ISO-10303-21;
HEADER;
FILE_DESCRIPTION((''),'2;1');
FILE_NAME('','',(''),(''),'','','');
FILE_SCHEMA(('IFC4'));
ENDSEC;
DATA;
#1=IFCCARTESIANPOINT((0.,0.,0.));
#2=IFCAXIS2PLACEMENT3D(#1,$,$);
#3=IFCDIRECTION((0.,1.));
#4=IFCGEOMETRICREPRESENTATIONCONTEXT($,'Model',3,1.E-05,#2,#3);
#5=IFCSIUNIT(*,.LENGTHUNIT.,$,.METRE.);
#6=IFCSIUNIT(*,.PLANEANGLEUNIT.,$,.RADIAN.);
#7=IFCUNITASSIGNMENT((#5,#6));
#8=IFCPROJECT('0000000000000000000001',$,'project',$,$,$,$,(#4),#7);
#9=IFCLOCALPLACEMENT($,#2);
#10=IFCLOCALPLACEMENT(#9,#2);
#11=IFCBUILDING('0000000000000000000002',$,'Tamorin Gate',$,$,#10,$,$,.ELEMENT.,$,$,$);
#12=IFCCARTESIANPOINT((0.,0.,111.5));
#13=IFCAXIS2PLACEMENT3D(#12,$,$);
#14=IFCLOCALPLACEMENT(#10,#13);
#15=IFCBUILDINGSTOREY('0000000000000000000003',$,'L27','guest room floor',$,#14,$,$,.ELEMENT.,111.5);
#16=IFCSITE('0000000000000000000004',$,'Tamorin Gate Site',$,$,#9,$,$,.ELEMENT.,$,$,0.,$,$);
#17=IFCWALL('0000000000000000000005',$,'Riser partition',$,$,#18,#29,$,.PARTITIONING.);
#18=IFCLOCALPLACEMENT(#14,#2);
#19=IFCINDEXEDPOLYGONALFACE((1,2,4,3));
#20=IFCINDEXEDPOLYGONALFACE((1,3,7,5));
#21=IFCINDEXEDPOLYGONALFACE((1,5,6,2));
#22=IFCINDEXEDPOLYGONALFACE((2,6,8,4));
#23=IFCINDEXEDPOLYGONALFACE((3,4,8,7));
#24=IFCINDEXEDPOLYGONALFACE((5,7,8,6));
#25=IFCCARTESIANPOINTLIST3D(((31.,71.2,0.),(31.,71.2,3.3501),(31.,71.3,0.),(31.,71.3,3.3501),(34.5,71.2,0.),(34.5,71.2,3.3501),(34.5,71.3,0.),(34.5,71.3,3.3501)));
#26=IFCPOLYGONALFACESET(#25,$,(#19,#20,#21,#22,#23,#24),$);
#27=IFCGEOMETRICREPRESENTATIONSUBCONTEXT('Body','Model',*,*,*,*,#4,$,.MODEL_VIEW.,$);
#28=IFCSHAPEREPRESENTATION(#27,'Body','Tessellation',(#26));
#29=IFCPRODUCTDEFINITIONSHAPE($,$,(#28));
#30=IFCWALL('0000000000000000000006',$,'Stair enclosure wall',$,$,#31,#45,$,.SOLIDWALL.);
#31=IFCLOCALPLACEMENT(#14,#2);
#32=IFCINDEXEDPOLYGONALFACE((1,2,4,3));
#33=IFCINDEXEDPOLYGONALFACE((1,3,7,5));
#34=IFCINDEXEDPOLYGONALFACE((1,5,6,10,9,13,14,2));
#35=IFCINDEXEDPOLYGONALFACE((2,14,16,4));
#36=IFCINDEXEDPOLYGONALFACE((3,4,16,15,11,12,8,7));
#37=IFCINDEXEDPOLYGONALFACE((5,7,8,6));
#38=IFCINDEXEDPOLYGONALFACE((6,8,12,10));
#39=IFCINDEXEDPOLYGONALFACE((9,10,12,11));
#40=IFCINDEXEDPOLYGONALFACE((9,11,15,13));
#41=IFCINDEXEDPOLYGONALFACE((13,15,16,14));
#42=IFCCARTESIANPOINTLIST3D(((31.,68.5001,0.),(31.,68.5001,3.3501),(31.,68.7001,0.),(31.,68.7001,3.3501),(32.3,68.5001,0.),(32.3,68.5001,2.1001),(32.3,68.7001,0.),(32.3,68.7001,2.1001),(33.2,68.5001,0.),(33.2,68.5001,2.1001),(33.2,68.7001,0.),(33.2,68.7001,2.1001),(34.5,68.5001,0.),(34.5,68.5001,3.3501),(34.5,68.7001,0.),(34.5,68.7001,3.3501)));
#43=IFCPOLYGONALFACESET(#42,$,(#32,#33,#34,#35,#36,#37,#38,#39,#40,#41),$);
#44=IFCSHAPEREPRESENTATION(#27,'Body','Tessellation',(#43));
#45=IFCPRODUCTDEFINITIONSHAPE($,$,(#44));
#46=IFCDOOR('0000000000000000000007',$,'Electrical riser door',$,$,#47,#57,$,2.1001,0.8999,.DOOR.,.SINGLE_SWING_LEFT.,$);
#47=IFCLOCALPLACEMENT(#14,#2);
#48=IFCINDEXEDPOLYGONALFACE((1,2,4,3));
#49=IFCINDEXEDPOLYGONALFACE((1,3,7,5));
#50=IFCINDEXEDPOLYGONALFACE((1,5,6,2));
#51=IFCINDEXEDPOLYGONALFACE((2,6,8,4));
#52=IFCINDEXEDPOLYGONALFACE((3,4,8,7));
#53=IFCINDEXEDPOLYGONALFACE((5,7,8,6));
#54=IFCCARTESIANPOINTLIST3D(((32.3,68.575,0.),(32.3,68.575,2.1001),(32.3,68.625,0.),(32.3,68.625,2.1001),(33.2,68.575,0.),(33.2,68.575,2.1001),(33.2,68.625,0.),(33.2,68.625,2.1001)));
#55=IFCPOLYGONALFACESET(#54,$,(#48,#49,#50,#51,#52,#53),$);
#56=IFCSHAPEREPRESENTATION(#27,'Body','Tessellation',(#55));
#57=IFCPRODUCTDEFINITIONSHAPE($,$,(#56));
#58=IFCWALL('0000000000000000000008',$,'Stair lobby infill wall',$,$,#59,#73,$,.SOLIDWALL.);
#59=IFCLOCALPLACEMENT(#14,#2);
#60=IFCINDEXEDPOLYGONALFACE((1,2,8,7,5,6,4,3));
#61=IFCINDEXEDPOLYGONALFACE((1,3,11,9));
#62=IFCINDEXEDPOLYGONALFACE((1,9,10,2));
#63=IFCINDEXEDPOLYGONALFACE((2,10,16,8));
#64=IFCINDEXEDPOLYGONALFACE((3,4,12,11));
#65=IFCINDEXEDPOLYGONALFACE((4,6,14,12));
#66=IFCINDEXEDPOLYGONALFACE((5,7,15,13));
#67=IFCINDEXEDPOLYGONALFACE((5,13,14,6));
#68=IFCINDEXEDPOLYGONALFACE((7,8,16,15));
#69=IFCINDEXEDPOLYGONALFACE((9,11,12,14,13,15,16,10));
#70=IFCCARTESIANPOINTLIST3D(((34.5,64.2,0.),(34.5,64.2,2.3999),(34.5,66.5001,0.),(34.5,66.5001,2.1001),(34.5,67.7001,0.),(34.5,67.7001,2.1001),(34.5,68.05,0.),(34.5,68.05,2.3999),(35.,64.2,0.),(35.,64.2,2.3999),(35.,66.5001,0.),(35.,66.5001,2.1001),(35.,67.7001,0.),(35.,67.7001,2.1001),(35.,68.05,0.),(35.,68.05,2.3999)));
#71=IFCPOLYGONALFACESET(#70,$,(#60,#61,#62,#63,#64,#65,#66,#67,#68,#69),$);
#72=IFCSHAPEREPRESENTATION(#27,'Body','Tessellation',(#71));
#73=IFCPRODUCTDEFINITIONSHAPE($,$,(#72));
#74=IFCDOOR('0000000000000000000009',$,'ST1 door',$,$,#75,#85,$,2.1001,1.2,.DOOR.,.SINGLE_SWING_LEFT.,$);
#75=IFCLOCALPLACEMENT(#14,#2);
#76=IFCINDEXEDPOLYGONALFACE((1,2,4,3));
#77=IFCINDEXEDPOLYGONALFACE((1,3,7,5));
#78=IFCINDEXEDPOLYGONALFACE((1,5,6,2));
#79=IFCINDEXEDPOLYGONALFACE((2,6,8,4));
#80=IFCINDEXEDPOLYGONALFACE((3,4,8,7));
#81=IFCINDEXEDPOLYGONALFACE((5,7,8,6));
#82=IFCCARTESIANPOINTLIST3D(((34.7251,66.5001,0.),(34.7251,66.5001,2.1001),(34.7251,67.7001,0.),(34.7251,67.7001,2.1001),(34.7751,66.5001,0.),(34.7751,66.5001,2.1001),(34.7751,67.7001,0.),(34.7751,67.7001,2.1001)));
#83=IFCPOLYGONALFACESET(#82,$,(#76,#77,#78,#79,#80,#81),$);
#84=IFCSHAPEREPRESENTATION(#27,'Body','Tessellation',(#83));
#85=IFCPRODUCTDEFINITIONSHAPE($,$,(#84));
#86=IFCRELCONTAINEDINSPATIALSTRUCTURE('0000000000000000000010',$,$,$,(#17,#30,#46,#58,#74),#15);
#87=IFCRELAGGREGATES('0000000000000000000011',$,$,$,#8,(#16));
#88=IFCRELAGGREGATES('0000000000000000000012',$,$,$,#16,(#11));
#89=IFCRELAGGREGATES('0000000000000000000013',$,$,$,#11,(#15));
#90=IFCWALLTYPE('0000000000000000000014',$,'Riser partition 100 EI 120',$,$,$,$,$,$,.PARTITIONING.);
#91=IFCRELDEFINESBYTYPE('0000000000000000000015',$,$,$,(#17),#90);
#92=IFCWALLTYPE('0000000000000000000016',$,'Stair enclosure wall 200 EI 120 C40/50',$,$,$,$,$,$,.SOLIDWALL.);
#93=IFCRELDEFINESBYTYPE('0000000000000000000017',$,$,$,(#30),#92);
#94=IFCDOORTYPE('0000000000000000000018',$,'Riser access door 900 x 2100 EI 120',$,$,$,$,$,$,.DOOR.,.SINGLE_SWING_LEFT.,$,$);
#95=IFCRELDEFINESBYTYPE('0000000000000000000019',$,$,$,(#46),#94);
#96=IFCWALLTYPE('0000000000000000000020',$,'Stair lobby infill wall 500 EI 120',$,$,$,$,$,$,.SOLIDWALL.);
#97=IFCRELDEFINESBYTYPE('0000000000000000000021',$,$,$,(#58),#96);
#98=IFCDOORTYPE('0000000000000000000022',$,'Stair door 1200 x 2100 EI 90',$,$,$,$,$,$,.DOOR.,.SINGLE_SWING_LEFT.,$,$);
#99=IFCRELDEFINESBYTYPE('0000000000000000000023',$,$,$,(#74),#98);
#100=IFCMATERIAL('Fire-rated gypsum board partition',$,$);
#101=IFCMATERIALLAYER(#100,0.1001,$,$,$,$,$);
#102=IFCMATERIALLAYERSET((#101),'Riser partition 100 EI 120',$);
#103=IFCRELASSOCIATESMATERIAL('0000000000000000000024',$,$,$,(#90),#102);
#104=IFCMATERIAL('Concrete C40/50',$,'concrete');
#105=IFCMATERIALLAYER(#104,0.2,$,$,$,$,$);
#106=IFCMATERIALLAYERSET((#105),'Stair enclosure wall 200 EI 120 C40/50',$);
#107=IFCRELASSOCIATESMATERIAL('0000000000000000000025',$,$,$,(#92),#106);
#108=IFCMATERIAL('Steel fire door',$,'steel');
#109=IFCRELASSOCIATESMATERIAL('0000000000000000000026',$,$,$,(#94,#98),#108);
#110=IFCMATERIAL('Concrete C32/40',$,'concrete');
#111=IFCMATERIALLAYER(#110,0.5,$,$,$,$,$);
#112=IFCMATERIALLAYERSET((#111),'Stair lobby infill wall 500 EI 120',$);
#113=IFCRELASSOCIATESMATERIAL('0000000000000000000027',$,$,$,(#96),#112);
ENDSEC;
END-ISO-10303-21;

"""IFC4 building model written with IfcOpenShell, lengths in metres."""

from ifc_helpers import new_model, si_unit, direction, frame, frame_2d, origin, place, context, subcontext, project, spatial, rectangle, extrude, material, layer, layer_set, type_object, element, fill, save


model = new_model("IFC4")

# Units and contexts
model_context = context("Model", 3, precision=1e-05, world=origin(), true_north=direction((0.0, 1.0)))
body_context = subcontext(model_context, "Body", "Model", "MODEL_VIEW")
ifc_project = project(units=[si_unit("LENGTHUNIT", "METRE"), si_unit("PLANEANGLEUNIT", "RADIAN")], contexts=[model_context])

# Site, building, storey
site_placement = place(None, origin())
site = spatial("IfcSite", under=ifc_project, at=site_placement, Name="Tamorin Gate Site", CompositionType="ELEMENT", RefElevation=0.0)
building_placement = place(site_placement, origin())
building = spatial("IfcBuilding", under=site, at=building_placement, Name="Tamorin Gate", CompositionType="ELEMENT")
storey_placement = place(building_placement, frame((0.0, 0.0, 111.5)))
storey = spatial("IfcBuildingStorey", under=building, at=storey_placement, Name="L27", Description="guest room floor", CompositionType="ELEMENT", Elevation=111.5)

# Shared definitions
ifc_material_1 = material(Name="Concrete C32/40", Category="concrete")

# Wall
ifc_material_2 = material(Name="Fire-rated gypsum board partition")
ifc_layer_1 = layer(ifc_material_2, 0.1001)
ifc_layer_set_1 = layer_set([ifc_layer_1], Name="Riser partition 100 EI 120")
wall_type_1 = type_object("IfcWallType", Name="Riser partition 100 EI 120", PredefinedType="PARTITIONING", material=ifc_layer_set_1)
wall_1_placement = place(storey_placement, frame((31.0, 71.25, 0.0), z_axis=(0.0, 0.0, 1.0), x_axis=(1.0, 0.0, 0.0)))
element("IfcWall", 1, at=wall_1_placement, inside=storey, type_object=wall_type_1, Name="Riser partition", PredefinedType="PARTITIONING", context=body_context, shape_type="SweptSolid", body=[
    extrude(rectangle(XDim=3.5, YDim=0.1001, at=frame_2d((1.75, 0.0))), origin(), (0.0, 0.0, 1.0), 3.3501),
])

# Walls, openings, doors
ifc_material_3 = material(Name="Concrete C40/50", Category="concrete")
ifc_layer_2 = layer(ifc_material_3, 0.2)
ifc_layer_set_2 = layer_set([ifc_layer_2], Name="Stair enclosure wall 200 EI 120 C40/50")
wall_type_2 = type_object("IfcWallType", Name="Stair enclosure wall 200 EI 120 C40/50", PredefinedType="SOLIDWALL", material=ifc_layer_set_2)
wall_2_placement = place(storey_placement, frame((31.0, 68.6001, 0.0), z_axis=(0.0, 0.0, 1.0), x_axis=(1.0, 0.0, 0.0)))
wall_2 = element("IfcWall", 2, at=wall_2_placement, inside=storey, type_object=wall_type_2, Name="Stair enclosure wall", PredefinedType="SOLIDWALL", context=body_context, shape_type="SweptSolid", body=[
    extrude(rectangle(XDim=3.5, YDim=0.2, at=frame_2d((1.75, 0.0))), origin(), (0.0, 0.0, 1.0), 3.3501),
])
opening_1_placement = place(wall_2_placement, frame((1.3, 0.0, 0.0)))
opening_1 = element("IfcOpeningElement", 3, at=opening_1_placement, cuts=wall_2, PredefinedType="OPENING", context=body_context, shape_type="SweptSolid", body=[
    extrude(rectangle(XDim=0.8999, YDim=2.1001, at=frame_2d((0.45, 1.05))), frame((0.0, 0.1099, 0.0), z_axis=(0.0, -1.0, 0.0), x_axis=(1.0, 0.0, 0.0)), (0.0, 0.0, 1.0), 0.22),
])
ifc_material_4 = material(Name="Steel fire door", Category="steel")
door_type_1 = type_object("IfcDoorType", Name="Riser access door 900 x 2100 EI 120", OperationType="SINGLE_SWING_LEFT", PredefinedType="DOOR", material=ifc_material_4)
door_1_placement = place(opening_1_placement, origin())
door_1 = element("IfcDoor", 4, at=door_1_placement, inside=storey, type_object=door_type_1, Name="Electrical riser door", OperationType="SINGLE_SWING_LEFT", OverallHeight=2.1001, OverallWidth=0.8999, PredefinedType="DOOR", context=body_context, shape_type="SweptSolid", body=[
    extrude(rectangle(XDim=0.8999, YDim=2.1001, at=frame_2d((0.45, 1.05))), frame((0.0, 0.0249, 0.0), z_axis=(0.0, -1.0, 0.0), x_axis=(1.0, 0.0, 0.0)), (0.0, 0.0, 1.0), 0.05),
])
fill(opening_1, door_1)
ifc_layer_3 = layer(ifc_material_1, 0.5)
ifc_layer_set_3 = layer_set([ifc_layer_3], Name="Stair lobby infill wall 500 EI 120")
wall_type_3 = type_object("IfcWallType", Name="Stair lobby infill wall 500 EI 120", PredefinedType="SOLIDWALL", material=ifc_layer_set_3)
wall_3_placement = place(storey_placement, frame((34.75, 64.2, 0.0), z_axis=(0.0, 0.0, 1.0), x_axis=(0.0, 1.0, 0.0)))
wall_3 = element("IfcWall", 5, at=wall_3_placement, inside=storey, type_object=wall_type_3, Name="Stair lobby infill wall", PredefinedType="SOLIDWALL", context=body_context, shape_type="SweptSolid", body=[
    extrude(rectangle(XDim=3.8501, YDim=0.5, at=frame_2d((1.925, 0.0))), origin(), (0.0, 0.0, 1.0), 2.3999),
])
opening_2_placement = place(wall_3_placement, frame((2.3, 0.0, 0.0)))
opening_2 = element("IfcOpeningElement", 6, at=opening_2_placement, cuts=wall_3, PredefinedType="OPENING", context=body_context, shape_type="SweptSolid", body=[
    extrude(rectangle(XDim=1.2, YDim=2.1001, at=frame_2d((0.6001, 1.05))), frame((0.0, 0.26, 0.0), z_axis=(0.0, -1.0, 0.0), x_axis=(1.0, 0.0, 0.0)), (0.0, 0.0, 1.0), 0.52),
])
door_type_2 = type_object("IfcDoorType", Name="Stair door 1200 x 2100 EI 90", OperationType="SINGLE_SWING_LEFT", PredefinedType="DOOR", material=ifc_material_4)
door_2_placement = place(opening_2_placement, origin())
door_2 = element("IfcDoor", 7, at=door_2_placement, inside=storey, type_object=door_type_2, Name="ST1 door", OperationType="SINGLE_SWING_LEFT", OverallHeight=2.1001, OverallWidth=1.2, PredefinedType="DOOR", context=body_context, shape_type="SweptSolid", body=[
    extrude(rectangle(XDim=1.2, YDim=2.1001, at=frame_2d((0.6001, 1.05))), frame((0.0, 0.0249, 0.0), z_axis=(0.0, -1.0, 0.0), x_axis=(1.0, 0.0, 0.0)), (0.0, 0.0, 1.0), 0.05),
])
fill(opening_2, door_2)

save(model, "model.ifc")
